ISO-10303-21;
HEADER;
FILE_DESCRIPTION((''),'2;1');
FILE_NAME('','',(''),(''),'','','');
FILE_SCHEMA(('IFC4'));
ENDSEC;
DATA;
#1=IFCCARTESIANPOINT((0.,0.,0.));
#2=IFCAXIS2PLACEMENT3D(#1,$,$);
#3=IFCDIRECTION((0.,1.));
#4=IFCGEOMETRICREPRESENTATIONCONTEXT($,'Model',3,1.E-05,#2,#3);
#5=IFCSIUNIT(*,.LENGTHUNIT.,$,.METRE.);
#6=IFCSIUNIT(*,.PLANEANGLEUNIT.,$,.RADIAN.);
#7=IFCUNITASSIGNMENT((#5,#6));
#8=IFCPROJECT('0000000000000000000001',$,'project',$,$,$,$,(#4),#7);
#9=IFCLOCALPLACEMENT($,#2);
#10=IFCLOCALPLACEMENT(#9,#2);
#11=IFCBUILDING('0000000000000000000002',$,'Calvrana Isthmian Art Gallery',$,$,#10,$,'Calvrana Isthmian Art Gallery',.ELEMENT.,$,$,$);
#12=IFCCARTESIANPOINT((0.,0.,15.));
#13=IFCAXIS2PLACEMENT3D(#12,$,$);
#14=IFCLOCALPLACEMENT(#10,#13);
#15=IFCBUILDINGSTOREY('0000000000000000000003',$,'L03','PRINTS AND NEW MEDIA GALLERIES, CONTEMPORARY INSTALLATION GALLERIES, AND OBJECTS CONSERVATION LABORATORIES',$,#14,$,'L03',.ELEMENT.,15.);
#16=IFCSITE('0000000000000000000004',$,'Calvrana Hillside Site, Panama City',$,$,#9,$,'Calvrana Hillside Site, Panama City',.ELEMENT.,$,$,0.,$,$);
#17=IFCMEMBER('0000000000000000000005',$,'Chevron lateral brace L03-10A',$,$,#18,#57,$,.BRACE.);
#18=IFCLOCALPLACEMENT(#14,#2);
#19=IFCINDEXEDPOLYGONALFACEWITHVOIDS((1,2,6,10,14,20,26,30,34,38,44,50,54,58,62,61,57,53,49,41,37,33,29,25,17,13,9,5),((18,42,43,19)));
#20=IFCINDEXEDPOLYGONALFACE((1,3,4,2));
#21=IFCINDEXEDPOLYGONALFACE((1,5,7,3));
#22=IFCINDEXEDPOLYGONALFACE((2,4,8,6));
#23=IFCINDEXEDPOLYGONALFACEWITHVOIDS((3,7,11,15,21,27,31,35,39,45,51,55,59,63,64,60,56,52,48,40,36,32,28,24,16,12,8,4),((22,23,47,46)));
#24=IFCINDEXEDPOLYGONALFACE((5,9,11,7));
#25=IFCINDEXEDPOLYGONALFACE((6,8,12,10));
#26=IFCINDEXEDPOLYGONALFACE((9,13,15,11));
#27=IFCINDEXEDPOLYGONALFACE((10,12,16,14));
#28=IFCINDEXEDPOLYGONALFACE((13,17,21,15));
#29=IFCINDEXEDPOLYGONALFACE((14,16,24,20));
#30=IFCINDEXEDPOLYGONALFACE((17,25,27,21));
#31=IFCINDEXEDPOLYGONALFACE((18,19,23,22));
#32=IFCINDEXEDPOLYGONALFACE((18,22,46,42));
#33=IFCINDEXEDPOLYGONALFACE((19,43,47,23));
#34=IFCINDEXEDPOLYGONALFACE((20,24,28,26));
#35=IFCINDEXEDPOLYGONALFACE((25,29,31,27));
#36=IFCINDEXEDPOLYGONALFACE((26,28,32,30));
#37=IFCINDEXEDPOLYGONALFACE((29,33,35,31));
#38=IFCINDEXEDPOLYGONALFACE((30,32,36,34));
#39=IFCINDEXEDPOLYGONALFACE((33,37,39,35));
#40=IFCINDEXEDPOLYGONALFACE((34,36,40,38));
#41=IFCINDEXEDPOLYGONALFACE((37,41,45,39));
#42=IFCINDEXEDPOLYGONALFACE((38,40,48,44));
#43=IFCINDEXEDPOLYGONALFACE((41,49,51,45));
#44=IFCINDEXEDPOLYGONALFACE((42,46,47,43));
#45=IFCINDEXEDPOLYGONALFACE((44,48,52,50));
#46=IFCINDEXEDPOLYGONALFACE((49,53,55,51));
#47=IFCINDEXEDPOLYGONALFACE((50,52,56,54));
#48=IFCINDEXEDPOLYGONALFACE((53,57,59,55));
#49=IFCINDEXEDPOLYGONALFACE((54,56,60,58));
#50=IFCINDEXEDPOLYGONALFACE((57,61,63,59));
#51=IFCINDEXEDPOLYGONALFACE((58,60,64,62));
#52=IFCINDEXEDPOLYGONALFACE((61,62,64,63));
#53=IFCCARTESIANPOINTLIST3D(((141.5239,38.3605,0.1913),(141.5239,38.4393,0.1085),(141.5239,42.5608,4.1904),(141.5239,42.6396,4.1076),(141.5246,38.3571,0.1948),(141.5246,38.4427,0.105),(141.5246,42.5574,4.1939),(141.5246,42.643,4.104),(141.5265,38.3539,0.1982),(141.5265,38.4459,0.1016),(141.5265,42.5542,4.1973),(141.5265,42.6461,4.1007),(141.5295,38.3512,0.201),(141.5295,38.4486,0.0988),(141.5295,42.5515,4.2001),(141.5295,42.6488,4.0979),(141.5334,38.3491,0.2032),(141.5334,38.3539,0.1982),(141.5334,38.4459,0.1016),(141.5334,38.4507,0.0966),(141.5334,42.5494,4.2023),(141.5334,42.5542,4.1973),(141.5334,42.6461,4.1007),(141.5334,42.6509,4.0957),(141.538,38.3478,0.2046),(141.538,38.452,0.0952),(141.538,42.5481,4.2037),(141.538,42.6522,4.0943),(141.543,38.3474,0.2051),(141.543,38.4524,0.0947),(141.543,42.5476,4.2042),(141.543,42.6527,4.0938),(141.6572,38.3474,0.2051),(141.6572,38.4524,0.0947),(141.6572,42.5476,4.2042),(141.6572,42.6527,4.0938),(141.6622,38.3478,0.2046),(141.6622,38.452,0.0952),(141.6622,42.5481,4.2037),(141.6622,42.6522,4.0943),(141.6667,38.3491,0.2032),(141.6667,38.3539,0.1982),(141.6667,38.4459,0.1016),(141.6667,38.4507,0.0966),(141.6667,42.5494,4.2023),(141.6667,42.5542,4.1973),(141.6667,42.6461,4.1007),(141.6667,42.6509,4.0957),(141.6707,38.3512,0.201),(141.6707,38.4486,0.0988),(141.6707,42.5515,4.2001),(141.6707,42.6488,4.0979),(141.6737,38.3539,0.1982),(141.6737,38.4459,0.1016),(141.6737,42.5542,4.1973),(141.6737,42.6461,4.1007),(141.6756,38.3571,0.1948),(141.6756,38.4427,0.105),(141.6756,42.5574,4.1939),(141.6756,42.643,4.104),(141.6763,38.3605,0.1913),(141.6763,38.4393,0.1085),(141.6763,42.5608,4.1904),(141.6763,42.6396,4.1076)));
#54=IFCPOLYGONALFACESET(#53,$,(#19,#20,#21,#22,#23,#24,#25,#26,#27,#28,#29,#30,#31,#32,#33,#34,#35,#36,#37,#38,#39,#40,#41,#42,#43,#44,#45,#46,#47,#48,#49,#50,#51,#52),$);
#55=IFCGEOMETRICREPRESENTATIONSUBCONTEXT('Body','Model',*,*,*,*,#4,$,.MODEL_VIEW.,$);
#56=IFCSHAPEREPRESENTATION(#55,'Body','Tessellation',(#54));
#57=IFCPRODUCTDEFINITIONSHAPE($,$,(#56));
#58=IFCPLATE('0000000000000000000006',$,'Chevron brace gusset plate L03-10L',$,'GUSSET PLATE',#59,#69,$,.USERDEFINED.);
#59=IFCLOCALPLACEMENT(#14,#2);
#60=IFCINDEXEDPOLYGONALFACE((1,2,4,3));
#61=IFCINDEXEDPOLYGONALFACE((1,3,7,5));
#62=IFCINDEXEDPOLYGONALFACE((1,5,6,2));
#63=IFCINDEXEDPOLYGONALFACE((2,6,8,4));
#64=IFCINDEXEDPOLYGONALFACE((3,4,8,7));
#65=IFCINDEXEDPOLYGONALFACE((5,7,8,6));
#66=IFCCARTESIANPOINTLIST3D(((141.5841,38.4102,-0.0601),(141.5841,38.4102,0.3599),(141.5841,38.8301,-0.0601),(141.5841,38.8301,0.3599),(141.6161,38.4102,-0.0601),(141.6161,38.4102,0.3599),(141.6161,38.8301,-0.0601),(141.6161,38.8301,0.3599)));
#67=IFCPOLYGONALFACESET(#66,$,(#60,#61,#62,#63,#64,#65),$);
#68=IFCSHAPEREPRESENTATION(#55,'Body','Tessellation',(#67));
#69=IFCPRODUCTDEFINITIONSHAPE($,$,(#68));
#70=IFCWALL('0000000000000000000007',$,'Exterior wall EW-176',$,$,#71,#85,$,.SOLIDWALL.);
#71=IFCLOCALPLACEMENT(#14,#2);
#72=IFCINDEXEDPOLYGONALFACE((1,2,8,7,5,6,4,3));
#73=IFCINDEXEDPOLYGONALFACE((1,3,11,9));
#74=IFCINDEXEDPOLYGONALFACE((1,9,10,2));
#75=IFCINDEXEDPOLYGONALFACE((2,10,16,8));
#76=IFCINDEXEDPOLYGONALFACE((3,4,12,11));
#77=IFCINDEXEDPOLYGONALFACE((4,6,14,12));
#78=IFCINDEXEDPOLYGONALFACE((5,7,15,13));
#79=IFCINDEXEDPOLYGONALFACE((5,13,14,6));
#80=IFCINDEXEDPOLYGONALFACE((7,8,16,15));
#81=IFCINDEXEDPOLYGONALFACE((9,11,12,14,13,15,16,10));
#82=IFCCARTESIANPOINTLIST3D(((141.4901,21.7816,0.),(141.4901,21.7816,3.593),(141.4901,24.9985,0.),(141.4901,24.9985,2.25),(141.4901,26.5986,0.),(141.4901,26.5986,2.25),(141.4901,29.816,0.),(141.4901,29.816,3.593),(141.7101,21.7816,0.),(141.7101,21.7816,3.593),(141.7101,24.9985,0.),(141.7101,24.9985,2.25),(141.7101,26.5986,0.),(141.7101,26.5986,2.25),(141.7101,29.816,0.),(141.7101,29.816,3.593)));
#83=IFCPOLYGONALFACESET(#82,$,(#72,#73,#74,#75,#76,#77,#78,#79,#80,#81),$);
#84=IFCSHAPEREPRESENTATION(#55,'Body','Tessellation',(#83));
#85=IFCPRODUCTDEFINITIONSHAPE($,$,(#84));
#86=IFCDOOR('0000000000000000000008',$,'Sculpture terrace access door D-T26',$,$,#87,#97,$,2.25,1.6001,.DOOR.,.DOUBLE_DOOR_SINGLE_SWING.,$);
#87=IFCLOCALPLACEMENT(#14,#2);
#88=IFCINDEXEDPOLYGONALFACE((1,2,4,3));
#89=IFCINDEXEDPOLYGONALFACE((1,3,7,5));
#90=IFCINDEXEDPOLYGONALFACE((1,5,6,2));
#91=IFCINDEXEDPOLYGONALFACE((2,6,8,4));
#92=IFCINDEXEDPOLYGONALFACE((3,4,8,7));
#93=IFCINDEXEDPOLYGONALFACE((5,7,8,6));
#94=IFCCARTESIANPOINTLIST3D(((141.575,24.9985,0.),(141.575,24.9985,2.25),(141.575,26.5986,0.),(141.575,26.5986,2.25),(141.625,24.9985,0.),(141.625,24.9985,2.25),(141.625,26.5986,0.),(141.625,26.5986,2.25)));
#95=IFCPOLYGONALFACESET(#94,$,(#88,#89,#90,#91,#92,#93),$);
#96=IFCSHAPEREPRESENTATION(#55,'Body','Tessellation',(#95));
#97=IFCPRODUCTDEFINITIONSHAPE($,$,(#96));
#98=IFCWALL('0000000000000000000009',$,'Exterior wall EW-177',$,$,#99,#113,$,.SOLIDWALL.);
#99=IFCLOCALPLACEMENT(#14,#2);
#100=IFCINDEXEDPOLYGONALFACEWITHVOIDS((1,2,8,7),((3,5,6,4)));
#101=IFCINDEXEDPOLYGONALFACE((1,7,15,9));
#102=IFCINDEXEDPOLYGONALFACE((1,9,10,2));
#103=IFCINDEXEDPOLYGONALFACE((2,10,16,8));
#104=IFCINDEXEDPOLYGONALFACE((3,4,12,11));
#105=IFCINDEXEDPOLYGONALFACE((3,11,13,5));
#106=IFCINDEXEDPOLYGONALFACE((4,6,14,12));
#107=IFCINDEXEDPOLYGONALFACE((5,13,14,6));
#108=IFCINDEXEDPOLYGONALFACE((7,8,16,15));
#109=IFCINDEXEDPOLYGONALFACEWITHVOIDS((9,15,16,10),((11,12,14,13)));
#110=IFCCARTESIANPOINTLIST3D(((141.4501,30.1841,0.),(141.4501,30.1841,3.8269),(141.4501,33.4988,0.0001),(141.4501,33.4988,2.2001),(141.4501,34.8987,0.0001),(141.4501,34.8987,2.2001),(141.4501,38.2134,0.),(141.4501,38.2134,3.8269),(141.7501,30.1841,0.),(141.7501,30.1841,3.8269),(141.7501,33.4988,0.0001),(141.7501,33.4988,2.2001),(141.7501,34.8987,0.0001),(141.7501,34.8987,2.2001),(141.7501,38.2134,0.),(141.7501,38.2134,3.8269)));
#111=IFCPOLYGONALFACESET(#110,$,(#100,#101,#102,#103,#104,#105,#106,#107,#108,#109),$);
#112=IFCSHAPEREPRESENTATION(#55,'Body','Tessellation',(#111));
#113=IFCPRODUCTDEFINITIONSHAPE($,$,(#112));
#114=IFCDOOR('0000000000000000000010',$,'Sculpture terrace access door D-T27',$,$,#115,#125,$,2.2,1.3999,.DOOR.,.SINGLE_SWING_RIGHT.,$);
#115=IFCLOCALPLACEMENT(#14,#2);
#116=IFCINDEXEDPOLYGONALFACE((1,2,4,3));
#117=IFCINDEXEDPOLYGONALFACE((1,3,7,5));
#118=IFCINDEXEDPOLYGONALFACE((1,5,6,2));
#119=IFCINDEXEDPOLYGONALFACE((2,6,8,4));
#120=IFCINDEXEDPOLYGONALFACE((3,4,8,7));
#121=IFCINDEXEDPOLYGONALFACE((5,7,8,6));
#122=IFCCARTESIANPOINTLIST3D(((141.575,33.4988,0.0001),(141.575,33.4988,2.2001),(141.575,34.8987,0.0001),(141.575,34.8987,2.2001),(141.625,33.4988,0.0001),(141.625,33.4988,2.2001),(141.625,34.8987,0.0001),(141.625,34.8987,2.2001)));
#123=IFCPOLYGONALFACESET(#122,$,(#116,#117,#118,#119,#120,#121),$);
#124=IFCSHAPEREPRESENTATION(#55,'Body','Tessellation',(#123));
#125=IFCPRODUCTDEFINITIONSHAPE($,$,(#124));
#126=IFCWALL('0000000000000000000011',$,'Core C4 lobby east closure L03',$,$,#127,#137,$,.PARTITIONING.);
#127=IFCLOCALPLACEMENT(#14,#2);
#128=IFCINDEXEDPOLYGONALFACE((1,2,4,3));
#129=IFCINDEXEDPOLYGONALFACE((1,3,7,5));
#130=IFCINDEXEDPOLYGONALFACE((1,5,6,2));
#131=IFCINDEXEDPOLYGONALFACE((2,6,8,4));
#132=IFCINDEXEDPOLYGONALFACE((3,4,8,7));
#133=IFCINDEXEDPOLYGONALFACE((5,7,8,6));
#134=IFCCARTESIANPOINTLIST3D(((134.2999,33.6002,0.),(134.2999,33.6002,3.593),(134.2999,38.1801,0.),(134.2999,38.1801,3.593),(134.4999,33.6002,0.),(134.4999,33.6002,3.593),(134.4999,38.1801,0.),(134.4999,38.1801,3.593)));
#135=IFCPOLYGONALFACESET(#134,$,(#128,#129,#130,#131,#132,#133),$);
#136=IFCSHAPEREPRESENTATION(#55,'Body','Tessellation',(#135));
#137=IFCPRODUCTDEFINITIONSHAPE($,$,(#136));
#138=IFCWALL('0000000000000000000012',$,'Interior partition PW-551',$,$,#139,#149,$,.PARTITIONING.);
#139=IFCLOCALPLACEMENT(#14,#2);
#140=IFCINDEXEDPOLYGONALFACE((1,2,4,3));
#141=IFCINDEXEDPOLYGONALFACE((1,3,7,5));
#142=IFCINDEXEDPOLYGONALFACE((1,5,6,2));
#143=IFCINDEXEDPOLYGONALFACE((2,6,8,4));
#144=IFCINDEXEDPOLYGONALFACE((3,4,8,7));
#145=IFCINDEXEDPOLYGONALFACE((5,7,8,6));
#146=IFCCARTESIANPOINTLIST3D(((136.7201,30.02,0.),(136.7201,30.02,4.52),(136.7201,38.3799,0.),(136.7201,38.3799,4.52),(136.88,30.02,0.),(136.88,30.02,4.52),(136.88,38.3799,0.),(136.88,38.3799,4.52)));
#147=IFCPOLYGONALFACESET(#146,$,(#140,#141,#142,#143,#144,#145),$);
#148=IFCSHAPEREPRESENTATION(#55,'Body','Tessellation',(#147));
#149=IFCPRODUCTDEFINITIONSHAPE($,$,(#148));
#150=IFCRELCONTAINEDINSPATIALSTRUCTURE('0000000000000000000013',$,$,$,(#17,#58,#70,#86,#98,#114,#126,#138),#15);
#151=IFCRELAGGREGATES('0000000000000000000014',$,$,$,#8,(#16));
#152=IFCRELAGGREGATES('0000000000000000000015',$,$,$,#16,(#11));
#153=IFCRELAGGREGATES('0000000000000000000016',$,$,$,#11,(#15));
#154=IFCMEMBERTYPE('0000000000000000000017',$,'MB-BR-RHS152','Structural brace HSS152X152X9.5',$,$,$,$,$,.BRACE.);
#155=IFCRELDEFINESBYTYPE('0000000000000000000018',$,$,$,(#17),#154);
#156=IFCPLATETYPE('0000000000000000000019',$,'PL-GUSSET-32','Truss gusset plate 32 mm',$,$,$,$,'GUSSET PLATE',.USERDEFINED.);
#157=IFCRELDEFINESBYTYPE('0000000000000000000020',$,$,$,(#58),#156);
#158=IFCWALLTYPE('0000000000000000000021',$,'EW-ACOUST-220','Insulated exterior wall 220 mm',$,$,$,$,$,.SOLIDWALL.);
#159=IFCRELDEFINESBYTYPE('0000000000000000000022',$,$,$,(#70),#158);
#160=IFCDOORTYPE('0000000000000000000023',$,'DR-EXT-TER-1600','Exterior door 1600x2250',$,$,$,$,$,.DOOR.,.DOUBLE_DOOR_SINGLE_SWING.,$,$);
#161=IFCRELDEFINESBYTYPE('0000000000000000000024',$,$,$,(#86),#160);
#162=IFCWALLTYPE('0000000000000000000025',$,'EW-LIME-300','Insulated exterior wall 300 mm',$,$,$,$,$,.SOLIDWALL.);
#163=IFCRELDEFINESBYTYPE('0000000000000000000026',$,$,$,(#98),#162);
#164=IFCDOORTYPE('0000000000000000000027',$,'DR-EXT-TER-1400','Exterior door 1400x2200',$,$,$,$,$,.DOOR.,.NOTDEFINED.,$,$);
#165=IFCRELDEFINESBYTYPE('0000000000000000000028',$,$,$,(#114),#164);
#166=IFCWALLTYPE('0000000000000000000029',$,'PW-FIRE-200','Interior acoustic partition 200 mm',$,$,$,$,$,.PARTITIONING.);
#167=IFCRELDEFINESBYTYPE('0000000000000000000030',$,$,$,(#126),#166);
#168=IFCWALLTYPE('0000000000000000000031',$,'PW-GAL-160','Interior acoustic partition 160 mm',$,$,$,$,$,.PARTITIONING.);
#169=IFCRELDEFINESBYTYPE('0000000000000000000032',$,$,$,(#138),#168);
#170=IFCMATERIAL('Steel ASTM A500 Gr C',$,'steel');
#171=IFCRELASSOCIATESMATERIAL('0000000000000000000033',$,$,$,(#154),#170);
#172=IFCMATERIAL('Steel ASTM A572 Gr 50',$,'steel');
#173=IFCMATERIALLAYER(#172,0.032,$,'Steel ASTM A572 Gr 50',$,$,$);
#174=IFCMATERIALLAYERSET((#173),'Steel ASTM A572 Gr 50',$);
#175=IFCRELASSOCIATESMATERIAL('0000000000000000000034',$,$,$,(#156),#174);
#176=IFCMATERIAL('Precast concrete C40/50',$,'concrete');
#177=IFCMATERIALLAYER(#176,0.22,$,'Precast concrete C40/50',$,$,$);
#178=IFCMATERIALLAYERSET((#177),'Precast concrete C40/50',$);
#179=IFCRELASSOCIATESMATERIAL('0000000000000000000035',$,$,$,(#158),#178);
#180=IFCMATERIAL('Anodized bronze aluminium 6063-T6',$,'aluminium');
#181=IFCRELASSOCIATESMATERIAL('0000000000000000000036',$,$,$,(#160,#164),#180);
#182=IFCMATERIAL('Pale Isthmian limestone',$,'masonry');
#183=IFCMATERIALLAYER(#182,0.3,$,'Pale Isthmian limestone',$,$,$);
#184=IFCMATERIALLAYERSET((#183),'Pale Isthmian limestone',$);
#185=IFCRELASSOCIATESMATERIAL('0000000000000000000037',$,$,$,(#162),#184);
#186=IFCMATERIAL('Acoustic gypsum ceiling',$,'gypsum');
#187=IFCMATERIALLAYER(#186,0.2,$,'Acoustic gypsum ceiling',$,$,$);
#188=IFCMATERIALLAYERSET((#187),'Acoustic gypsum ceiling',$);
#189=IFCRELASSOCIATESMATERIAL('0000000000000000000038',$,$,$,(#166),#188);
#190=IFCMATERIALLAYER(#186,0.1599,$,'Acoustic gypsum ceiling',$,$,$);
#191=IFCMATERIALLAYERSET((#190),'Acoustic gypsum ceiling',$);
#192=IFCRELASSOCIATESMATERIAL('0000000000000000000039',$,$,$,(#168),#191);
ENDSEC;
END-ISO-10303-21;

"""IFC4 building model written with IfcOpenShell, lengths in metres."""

from ifc_helpers import new_model, si_unit, direction, frame, frame_2d, origin, origin_2d, place, context, subcontext, project, spatial, rectangle, hollow_rectangle, extrude, material, layer, layer_set, material_profile, profile_set, type_object, element, fill, save


model = new_model("IFC4")

# Units and contexts
model_context = context("Model", 3, precision=1e-05, world=origin(), true_north=direction((0.0, 1.0)))
body_context = subcontext(model_context, "Body", "Model", "MODEL_VIEW")
ifc_project = project(units=[si_unit("LENGTHUNIT", "METRE"), si_unit("PLANEANGLEUNIT", "RADIAN")], contexts=[model_context])

# Site, building, storey
site_placement = place(None, origin())
site = spatial("IfcSite", under=ifc_project, at=site_placement, Name="Calvrana Hillside Site, Panama City", LongName="Calvrana Hillside Site, Panama City", CompositionType="ELEMENT", RefElevation=0.0)
building_placement = place(site_placement, origin())
building = spatial("IfcBuilding", under=site, at=building_placement, Name="Calvrana Isthmian Art Gallery", LongName="Calvrana Isthmian Art Gallery", CompositionType="ELEMENT")
storey_placement = place(building_placement, frame((0.0, 0.0, 15.0)))
storey = spatial("IfcBuildingStorey", under=building, at=storey_placement, Name="L03", Description="PRINTS AND NEW MEDIA GALLERIES, CONTEMPORARY INSTALLATION GALLERIES, AND OBJECTS CONSERVATION LABORATORIES", LongName="L03", CompositionType="ELEMENT", Elevation=15.0)

# Member
ifc_material_1 = material(Name="Steel ASTM A500 Gr C", Category="steel")
ifc_material_profile_1 = material_profile(ifc_material_1, hollow_rectangle(XDim=0.1523, YDim=0.1523, WallThickness=0.0095, OuterFilletRadius=0.019, at=origin_2d()), Name="HSS152X152X9.5")
ifc_profile_set_1 = profile_set([ifc_material_profile_1], Name="Steel ASTM A500 Gr C")
member_type = type_object("IfcMemberType", Name="MB-BR-RHS152", Description="Structural brace HSS152X152X9.5", PredefinedType="BRACE", material=ifc_profile_set_1)
member_placement = place(storey_placement, frame((141.6001, 38.3999, 0.1499), z_axis=(0.0, 0.724238, 0.68955), x_axis=(-1.0, 0.0, 0.0)))
element("IfcMember", 1, at=member_placement, inside=storey, type_object=member_type, Name="Chevron lateral brace L03-10A", PredefinedType="BRACE", context=body_context, shape_type="SweptSolid", body=[
    extrude(hollow_rectangle(XDim=0.1523, YDim=0.1523, WallThickness=0.0095, OuterFilletRadius=0.019, at=origin_2d()), origin(), (0.0, 0.0, 1.0), 5.7996),
])

# Plate
ifc_material_2 = material(Name="Steel ASTM A572 Gr 50", Category="steel")
ifc_layer_1 = layer(ifc_material_2, 0.032, Name="Steel ASTM A572 Gr 50")
ifc_layer_set_1 = layer_set([ifc_layer_1], Name="Steel ASTM A572 Gr 50")
plate_type = type_object("IfcPlateType", Name="PL-GUSSET-32", Description="Truss gusset plate 32 mm", ElementType="GUSSET PLATE", PredefinedType="USERDEFINED", material=ifc_layer_set_1)
plate_placement = place(storey_placement, frame((141.6001, 38.6201, -0.0601), z_axis=(0.0, 0.0, 1.0), x_axis=(1.0, 0.0, 0.0)))
element("IfcPlate", 2, at=plate_placement, inside=storey, type_object=plate_type, Name="Chevron brace gusset plate L03-10L", ObjectType="GUSSET PLATE", PredefinedType="USERDEFINED", context=body_context, shape_type="SweptSolid", body=[
    extrude(rectangle(XDim=0.032, YDim=0.4199, at=origin_2d()), origin(), (0.0, 0.0, 1.0), 0.4199),
])

# Walls, openings, doors
ifc_material_3 = material(Name="Precast concrete C40/50", Category="concrete")
ifc_layer_2 = layer(ifc_material_3, 0.22, Name="Precast concrete C40/50")
ifc_layer_set_2 = layer_set([ifc_layer_2], Name="Precast concrete C40/50")
wall_type_1 = type_object("IfcWallType", Name="EW-ACOUST-220", Description="Insulated exterior wall 220 mm", PredefinedType="SOLIDWALL", material=ifc_layer_set_2)
wall_1_placement = place(storey_placement, frame((141.6001, 29.8159, 0.0), z_axis=(0.0, 0.0, 1.0), x_axis=(0.0, -1.0, 0.0)))
wall_1 = element("IfcWall", 3, at=wall_1_placement, inside=storey, type_object=wall_type_1, Name="Exterior wall EW-176", PredefinedType="SOLIDWALL", context=body_context, shape_type="SweptSolid", body=[
    extrude(rectangle(XDim=8.0344, YDim=0.22, at=frame_2d((4.0171, 0.0))), origin(), (0.0, 0.0, 1.0), 3.593),
])
opening_1_placement = place(wall_1_placement, frame((3.2173, 0.0, 0.0)))
opening_1 = element("IfcOpeningElement", 4, at=opening_1_placement, cuts=wall_1, PredefinedType="OPENING", context=body_context, shape_type="SweptSolid", body=[
    extrude(rectangle(XDim=1.6001, YDim=2.25, at=frame_2d((0.8, 1.125))), frame((0.0, 0.1201, 0.0), z_axis=(0.0, -1.0, 0.0), x_axis=(1.0, 0.0, 0.0)), (0.0, 0.0, 1.0), 0.2405),
])
ifc_material_4 = material(Name="Anodized bronze aluminium 6063-T6", Category="aluminium")
door_type_1 = type_object("IfcDoorType", Name="DR-EXT-TER-1600", Description="Exterior door 1600x2250", OperationType="DOUBLE_DOOR_SINGLE_SWING", PredefinedType="DOOR", material=ifc_material_4)
door_1_placement = place(opening_1_placement, origin())
door_1 = element("IfcDoor", 5, at=door_1_placement, inside=storey, type_object=door_type_1, Name="Sculpture terrace access door D-T26", OperationType="DOUBLE_DOOR_SINGLE_SWING", OverallHeight=2.25, OverallWidth=1.6001, PredefinedType="DOOR", context=body_context, shape_type="SweptSolid", body=[
    extrude(rectangle(XDim=1.6001, YDim=2.25, at=frame_2d((0.8, 1.125))), frame((0.0, 0.0249, 0.0), z_axis=(0.0, -1.0, 0.0), x_axis=(1.0, 0.0, 0.0)), (0.0, 0.0, 1.0), 0.05),
])
fill(opening_1, door_1)
ifc_material_5 = material(Name="Pale Isthmian limestone", Category="masonry")
ifc_layer_3 = layer(ifc_material_5, 0.3, Name="Pale Isthmian limestone")
ifc_layer_set_3 = layer_set([ifc_layer_3], Name="Pale Isthmian limestone")
wall_type_2 = type_object("IfcWallType", Name="EW-LIME-300", Description="Insulated exterior wall 300 mm", PredefinedType="SOLIDWALL", material=ifc_layer_set_3)
wall_2_placement = place(storey_placement, frame((141.6001, 38.2134, 0.0), z_axis=(0.0, 0.0, 1.0), x_axis=(0.0, -1.0, 0.0)))
wall_2 = element("IfcWall", 6, at=wall_2_placement, inside=storey, type_object=wall_type_2, Name="Exterior wall EW-177", PredefinedType="SOLIDWALL", context=body_context, shape_type="SweptSolid", body=[
    extrude(rectangle(XDim=8.0293, YDim=0.3, at=frame_2d((4.0146, 0.0))), origin(), (0.0, 0.0, 1.0), 3.8269),
])
opening_2_placement = place(wall_2_placement, frame((3.3147, 0.0, 0.0)))
opening_2 = element("IfcOpeningElement", 7, at=opening_2_placement, cuts=wall_2, PredefinedType="OPENING", context=body_context, shape_type="SweptSolid", body=[
    extrude(rectangle(XDim=1.3999, YDim=2.2, at=frame_2d((0.7, 1.1001))), frame((0.0, 0.1602, 0.0), z_axis=(0.0, -1.0, 0.0), x_axis=(1.0, 0.0, 0.0)), (0.0, 0.0, 1.0), 0.3206),
])
door_type_2 = type_object("IfcDoorType", Name="DR-EXT-TER-1400", Description="Exterior door 1400x2200", OperationType="NOTDEFINED", PredefinedType="DOOR", material=ifc_material_4)
door_2_placement = place(opening_2_placement, origin())
door_2 = element("IfcDoor", 8, at=door_2_placement, inside=storey, type_object=door_type_2, Name="Sculpture terrace access door D-T27", OperationType="SINGLE_SWING_RIGHT", OverallHeight=2.2, OverallWidth=1.3999, PredefinedType="DOOR", context=body_context, shape_type="SweptSolid", body=[
    extrude(rectangle(XDim=1.3999, YDim=2.2, at=frame_2d((0.7, 1.1001))), frame((0.0, 0.0249, 0.0), z_axis=(0.0, -1.0, 0.0), x_axis=(1.0, 0.0, 0.0)), (0.0, 0.0, 1.0), 0.05),
])
fill(opening_2, door_2)

# Walls
ifc_material_6 = material(Name="Acoustic gypsum ceiling", Category="gypsum")
ifc_layer_4 = layer(ifc_material_6, 0.2, Name="Acoustic gypsum ceiling")
ifc_layer_set_4 = layer_set([ifc_layer_4], Name="Acoustic gypsum ceiling")
wall_type_3 = type_object("IfcWallType", Name="PW-FIRE-200", Description="Interior acoustic partition 200 mm", PredefinedType="PARTITIONING", material=ifc_layer_set_4)
wall_3_placement = place(storey_placement, frame((134.3999, 33.6001, 0.0), z_axis=(0.0, 0.0, 1.0), x_axis=(0.0, 1.0, 0.0)))
element("IfcWall", 9, at=wall_3_placement, inside=storey, type_object=wall_type_3, Name="Core C4 lobby east closure L03", PredefinedType="PARTITIONING", context=body_context, shape_type="SweptSolid", body=[
    extrude(rectangle(XDim=4.5798, YDim=0.2, at=frame_2d((2.29, 0.0))), origin(), (0.0, 0.0, 1.0), 3.593),
])
ifc_layer_5 = layer(ifc_material_6, 0.1599, Name="Acoustic gypsum ceiling")
ifc_layer_set_5 = layer_set([ifc_layer_5], Name="Acoustic gypsum ceiling")
wall_type_4 = type_object("IfcWallType", Name="PW-GAL-160", Description="Interior acoustic partition 160 mm", PredefinedType="PARTITIONING", material=ifc_layer_set_5)
wall_4_placement = place(storey_placement, frame((136.8, 30.02, 0.0), z_axis=(0.0, 0.0, 1.0), x_axis=(0.0, 1.0, 0.0)))
element("IfcWall", 10, at=wall_4_placement, inside=storey, type_object=wall_type_4, Name="Interior partition PW-551", PredefinedType="PARTITIONING", context=body_context, shape_type="SweptSolid", body=[
    extrude(rectangle(XDim=8.3599, YDim=0.1599, at=frame_2d((4.1799, 0.0))), origin(), (0.0, 0.0, 1.0), 4.52),
])

save(model, "model.ifc")
